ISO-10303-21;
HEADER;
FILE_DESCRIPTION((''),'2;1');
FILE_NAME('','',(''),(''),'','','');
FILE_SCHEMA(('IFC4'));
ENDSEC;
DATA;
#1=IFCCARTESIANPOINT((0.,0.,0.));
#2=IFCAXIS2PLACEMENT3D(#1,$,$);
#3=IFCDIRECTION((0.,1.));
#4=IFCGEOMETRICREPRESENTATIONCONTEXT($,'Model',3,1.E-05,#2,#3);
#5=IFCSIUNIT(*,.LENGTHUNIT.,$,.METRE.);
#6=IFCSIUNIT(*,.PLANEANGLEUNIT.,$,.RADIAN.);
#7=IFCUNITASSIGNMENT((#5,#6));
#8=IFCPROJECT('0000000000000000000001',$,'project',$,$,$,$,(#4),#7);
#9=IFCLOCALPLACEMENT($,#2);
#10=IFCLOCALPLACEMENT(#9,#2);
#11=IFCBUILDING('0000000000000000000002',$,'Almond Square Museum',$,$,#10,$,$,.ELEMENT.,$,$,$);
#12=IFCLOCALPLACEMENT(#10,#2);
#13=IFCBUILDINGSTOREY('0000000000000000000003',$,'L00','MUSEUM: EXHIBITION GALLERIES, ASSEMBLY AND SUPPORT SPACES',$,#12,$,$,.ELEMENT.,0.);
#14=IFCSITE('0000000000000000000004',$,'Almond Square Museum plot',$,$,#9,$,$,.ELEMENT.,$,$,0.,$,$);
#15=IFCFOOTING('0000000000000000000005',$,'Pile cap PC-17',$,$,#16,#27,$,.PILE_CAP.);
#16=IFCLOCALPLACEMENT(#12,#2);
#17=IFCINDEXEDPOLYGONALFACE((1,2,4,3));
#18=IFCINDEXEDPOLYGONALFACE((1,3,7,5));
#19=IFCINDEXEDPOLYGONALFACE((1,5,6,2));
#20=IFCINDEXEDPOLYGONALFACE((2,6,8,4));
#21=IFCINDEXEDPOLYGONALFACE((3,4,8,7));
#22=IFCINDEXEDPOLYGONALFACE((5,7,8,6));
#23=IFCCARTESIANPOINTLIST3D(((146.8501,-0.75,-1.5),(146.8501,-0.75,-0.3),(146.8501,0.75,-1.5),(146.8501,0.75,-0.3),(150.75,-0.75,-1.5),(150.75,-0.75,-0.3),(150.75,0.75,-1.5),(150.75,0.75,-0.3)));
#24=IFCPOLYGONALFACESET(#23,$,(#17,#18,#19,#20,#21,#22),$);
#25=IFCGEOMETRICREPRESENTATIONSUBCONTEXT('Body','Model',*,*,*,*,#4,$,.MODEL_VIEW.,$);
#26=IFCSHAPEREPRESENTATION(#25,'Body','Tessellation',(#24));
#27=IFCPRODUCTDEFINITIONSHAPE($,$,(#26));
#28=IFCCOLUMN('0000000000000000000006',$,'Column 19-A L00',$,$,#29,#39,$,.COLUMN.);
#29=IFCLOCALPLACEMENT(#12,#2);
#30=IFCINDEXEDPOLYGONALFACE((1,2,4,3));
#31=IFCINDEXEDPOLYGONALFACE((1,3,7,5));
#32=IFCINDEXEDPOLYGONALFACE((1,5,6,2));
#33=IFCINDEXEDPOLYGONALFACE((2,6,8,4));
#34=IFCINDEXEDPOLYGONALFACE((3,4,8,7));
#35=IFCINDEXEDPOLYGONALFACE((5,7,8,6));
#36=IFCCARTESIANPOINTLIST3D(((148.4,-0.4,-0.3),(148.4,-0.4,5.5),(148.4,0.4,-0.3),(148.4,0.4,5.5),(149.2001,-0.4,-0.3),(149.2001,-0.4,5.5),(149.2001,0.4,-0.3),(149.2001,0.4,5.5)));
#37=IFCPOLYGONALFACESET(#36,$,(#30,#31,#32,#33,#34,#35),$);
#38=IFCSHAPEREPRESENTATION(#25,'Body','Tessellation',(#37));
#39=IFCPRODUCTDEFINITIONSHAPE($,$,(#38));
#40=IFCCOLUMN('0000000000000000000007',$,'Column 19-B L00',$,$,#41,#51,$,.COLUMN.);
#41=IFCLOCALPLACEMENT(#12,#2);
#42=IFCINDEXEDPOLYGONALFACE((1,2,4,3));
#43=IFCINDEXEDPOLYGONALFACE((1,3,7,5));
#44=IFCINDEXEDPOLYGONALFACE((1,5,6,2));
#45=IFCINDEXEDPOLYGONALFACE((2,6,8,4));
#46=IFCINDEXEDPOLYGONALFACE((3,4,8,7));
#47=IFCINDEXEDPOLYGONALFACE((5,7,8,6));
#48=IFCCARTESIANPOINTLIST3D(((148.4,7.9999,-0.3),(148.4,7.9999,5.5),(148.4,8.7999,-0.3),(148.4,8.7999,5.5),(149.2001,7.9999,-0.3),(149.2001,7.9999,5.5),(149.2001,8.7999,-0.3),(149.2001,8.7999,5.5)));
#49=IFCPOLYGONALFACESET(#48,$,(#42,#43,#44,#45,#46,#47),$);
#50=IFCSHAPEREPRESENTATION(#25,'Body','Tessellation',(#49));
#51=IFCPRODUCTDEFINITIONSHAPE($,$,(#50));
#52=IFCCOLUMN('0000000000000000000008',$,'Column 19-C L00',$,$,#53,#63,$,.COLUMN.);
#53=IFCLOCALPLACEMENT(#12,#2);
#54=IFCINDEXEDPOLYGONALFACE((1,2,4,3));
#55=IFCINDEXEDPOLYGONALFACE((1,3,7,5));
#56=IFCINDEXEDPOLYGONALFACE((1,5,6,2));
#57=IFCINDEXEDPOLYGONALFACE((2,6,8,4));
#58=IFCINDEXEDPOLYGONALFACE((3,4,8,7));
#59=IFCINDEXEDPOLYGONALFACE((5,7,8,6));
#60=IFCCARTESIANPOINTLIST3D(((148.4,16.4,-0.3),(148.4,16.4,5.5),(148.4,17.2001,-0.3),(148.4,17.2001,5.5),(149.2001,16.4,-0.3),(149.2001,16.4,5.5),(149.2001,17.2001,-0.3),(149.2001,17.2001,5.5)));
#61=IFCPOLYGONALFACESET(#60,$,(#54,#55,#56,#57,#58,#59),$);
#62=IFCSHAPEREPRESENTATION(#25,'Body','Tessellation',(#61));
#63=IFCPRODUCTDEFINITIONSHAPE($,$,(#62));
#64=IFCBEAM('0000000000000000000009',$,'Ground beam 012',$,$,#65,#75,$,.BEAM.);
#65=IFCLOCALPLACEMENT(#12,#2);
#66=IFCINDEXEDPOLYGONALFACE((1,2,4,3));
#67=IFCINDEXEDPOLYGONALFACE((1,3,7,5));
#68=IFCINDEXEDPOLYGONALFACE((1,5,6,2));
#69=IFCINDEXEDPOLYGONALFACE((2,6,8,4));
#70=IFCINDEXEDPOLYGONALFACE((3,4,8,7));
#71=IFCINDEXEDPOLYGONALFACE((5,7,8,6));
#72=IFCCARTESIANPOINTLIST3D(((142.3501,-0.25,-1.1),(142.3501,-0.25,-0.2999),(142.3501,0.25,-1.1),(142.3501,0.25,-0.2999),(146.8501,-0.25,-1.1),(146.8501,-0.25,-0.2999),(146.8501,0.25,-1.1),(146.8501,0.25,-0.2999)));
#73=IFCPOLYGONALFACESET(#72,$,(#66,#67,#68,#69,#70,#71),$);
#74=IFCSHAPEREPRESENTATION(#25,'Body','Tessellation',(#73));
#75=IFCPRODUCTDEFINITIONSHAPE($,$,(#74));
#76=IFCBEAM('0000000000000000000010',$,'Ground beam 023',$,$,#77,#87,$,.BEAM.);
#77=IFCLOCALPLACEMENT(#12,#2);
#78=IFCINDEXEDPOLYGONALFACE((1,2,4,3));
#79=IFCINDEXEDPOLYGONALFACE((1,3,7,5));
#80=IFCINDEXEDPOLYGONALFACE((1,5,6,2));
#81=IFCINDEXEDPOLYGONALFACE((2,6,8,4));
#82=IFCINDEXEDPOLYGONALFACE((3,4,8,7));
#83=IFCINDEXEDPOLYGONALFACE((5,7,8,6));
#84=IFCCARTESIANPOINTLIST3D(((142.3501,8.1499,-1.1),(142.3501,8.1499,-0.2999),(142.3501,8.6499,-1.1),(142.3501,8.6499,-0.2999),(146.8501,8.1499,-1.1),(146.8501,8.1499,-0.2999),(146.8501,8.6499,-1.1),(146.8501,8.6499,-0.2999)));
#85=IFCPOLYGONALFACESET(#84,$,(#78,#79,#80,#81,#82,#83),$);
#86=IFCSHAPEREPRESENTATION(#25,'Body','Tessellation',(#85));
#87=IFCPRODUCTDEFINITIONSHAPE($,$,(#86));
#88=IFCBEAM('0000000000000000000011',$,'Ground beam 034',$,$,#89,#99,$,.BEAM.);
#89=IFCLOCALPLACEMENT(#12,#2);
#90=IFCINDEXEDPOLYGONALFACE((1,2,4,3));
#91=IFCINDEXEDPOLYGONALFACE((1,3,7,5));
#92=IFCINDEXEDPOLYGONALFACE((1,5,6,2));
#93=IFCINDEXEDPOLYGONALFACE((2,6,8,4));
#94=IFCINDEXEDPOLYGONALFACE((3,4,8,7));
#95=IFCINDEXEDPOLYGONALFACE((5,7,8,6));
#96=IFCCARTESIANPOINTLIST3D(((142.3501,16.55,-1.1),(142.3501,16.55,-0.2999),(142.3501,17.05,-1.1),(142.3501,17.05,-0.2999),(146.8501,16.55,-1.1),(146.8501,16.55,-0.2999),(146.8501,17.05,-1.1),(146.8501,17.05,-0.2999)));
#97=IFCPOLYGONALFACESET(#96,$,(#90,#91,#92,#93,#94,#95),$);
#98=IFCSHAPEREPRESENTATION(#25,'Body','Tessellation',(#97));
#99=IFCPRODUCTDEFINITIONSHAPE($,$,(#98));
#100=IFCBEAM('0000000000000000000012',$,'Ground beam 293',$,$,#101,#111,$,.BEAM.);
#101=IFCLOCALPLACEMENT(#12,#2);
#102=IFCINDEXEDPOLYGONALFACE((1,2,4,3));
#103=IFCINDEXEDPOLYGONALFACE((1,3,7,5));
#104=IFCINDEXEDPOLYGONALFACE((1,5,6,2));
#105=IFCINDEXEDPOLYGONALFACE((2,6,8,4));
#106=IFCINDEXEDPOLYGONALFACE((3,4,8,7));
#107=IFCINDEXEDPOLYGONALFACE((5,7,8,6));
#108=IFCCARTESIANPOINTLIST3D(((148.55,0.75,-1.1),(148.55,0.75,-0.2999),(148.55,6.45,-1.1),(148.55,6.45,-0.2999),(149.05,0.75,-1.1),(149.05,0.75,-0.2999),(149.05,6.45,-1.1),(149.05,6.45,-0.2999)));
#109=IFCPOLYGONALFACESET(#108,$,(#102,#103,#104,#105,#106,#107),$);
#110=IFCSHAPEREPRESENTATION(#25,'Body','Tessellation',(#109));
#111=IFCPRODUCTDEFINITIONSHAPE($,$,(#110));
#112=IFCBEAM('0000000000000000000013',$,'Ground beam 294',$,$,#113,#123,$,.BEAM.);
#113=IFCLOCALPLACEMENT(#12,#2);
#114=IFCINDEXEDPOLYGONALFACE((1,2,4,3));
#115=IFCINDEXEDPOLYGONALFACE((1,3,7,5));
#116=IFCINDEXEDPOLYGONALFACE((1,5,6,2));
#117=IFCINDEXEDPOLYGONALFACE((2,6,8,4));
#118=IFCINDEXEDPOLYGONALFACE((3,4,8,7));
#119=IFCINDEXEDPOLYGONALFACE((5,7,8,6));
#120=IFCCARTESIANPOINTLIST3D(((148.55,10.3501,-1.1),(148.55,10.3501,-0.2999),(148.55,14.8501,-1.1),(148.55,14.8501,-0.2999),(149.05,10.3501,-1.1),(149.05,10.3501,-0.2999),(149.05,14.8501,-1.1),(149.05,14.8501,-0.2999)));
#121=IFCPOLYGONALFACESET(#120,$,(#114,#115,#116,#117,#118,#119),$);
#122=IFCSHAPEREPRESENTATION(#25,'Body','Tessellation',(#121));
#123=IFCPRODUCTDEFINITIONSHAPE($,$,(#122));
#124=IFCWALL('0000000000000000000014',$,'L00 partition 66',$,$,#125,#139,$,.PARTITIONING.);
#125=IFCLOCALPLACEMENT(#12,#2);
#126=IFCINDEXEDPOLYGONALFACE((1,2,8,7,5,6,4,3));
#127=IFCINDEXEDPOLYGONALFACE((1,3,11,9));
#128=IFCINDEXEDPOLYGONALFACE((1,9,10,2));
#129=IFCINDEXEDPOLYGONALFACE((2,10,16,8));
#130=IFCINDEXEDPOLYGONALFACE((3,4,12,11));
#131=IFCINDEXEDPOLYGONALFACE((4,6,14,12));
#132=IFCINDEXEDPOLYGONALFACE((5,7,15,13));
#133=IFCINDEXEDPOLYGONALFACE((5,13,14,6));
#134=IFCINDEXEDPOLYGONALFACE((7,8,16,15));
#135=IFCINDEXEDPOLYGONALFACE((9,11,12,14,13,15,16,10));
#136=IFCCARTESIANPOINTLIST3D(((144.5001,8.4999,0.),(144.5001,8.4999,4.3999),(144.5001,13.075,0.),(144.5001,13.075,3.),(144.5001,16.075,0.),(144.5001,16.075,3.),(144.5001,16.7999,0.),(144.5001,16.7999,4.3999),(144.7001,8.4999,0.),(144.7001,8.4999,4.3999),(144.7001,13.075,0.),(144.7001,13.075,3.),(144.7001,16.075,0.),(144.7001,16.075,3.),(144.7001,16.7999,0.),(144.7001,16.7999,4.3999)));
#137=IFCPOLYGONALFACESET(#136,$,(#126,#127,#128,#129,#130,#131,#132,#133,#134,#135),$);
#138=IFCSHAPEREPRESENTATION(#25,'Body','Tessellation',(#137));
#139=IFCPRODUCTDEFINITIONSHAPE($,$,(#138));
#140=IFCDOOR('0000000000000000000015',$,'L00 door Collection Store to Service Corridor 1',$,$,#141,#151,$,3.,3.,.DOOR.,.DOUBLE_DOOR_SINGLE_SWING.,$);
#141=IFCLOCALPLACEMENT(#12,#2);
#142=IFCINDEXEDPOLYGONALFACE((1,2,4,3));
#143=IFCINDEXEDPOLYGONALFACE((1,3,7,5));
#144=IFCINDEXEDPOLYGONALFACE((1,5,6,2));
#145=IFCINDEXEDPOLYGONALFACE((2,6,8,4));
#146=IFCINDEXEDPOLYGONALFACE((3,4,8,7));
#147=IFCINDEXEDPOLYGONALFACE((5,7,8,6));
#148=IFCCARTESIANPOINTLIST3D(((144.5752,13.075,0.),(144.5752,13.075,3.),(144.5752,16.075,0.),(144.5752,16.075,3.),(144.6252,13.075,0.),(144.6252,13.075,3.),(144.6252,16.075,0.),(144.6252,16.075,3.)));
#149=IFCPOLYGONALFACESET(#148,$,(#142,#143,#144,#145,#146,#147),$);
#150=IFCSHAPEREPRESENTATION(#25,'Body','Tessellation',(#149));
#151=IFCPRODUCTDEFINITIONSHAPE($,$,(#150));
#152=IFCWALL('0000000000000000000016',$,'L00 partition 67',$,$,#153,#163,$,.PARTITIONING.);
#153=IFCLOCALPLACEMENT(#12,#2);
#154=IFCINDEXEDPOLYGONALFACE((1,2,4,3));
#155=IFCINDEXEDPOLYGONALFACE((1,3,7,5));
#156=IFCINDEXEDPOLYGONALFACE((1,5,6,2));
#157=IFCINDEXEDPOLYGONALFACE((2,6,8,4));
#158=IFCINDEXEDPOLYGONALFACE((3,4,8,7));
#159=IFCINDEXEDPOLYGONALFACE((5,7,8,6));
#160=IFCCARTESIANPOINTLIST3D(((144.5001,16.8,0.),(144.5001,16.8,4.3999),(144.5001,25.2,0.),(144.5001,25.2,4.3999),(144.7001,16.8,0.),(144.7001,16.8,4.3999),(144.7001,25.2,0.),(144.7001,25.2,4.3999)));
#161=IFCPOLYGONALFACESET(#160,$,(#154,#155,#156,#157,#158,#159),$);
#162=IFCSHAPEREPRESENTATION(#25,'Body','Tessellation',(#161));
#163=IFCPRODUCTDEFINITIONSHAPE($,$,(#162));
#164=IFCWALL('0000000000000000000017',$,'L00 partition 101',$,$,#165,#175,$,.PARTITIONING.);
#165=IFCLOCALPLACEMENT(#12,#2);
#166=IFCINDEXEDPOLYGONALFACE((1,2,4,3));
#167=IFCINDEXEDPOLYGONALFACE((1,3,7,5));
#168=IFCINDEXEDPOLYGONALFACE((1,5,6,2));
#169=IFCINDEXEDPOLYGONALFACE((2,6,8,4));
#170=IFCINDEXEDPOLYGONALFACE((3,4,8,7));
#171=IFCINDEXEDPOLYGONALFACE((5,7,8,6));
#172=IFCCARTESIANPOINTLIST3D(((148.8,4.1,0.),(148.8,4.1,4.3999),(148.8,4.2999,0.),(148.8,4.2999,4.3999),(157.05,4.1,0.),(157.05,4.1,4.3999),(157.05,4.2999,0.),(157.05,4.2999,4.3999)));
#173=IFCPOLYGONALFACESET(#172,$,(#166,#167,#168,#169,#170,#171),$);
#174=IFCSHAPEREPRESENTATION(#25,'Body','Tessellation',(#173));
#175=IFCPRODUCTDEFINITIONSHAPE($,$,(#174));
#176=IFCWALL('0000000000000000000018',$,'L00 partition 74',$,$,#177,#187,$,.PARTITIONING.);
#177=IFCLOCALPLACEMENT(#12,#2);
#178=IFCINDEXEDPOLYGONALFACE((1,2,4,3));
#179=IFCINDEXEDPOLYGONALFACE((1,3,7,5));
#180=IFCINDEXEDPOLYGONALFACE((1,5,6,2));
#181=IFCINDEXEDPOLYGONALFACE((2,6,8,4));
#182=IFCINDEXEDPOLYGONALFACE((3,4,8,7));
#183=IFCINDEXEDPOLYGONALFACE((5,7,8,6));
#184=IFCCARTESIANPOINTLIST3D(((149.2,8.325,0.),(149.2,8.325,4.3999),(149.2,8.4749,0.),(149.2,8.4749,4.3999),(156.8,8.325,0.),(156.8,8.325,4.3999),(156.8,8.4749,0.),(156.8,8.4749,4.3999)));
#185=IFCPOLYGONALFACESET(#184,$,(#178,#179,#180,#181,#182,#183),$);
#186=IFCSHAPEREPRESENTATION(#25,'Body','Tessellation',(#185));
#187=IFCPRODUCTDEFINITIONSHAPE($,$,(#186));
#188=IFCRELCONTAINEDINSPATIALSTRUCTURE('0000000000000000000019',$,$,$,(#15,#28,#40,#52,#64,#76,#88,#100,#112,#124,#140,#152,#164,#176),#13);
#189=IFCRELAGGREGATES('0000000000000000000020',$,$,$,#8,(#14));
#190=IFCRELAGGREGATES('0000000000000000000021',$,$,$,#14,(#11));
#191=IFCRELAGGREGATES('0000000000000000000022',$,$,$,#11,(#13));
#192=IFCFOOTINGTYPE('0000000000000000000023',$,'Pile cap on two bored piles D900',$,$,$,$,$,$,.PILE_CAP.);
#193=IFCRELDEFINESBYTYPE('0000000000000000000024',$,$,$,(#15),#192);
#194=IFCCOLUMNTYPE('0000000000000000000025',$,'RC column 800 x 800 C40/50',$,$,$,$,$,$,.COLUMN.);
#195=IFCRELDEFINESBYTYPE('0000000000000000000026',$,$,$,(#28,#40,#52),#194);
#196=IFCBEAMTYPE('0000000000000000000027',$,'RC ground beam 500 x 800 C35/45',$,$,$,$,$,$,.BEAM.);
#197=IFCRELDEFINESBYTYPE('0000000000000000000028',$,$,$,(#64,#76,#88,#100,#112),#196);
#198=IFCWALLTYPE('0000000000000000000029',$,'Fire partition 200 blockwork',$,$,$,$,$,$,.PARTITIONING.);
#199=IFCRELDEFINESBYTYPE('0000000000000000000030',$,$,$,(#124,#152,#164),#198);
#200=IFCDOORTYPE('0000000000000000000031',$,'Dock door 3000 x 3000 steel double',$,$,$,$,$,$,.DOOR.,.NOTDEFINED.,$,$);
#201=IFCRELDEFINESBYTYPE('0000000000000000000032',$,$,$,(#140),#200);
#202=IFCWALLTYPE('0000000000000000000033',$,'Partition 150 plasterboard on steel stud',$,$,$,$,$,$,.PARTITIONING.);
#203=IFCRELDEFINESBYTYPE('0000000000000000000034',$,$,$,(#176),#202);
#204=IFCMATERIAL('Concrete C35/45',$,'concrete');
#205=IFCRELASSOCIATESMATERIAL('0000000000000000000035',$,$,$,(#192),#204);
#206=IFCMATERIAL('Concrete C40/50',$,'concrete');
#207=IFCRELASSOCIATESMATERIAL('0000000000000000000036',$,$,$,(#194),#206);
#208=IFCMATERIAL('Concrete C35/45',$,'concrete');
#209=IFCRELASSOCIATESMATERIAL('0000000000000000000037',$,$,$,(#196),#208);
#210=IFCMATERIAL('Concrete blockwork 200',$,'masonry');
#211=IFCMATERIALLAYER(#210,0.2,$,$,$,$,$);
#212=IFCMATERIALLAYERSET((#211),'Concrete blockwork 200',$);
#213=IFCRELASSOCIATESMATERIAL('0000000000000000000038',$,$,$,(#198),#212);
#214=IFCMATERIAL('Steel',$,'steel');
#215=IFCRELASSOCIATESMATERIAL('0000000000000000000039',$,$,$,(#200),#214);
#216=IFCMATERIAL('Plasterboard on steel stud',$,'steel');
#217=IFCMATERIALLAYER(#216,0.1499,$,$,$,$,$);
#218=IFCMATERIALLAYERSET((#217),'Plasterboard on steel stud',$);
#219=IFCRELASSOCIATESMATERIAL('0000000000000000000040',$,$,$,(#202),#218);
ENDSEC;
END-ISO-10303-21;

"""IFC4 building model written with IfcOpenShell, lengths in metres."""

from ifc_helpers import new_model, si_unit, direction, frame, frame_2d, origin, origin_2d, place, context, subcontext, project, spatial, rectangle, extrude, material, layer, layer_set, material_profile, profile_set, type_object, element, fill, save


model = new_model("IFC4")

# Units and contexts
model_context = context("Model", 3, precision=1e-05, world=origin(), true_north=direction((0.0, 1.0)))
body_context = subcontext(model_context, "Body", "Model", "MODEL_VIEW")
ifc_project = project(units=[si_unit("LENGTHUNIT", "METRE"), si_unit("PLANEANGLEUNIT", "RADIAN")], contexts=[model_context])

# Site, building, storey
site_placement = place(None, origin())
site = spatial("IfcSite", under=ifc_project, at=site_placement, Name="Almond Square Museum plot", CompositionType="ELEMENT", RefElevation=0.0)
building_placement = place(site_placement, origin())
building = spatial("IfcBuilding", under=site, at=building_placement, Name="Almond Square Museum", CompositionType="ELEMENT")
storey_placement = place(building_placement, origin())
storey = spatial("IfcBuildingStorey", under=building, at=storey_placement, Name="L00", Description="MUSEUM: EXHIBITION GALLERIES, ASSEMBLY AND SUPPORT SPACES", CompositionType="ELEMENT", Elevation=0.0)

# Footing
ifc_material_1 = material(Name="Concrete C35/45", Category="concrete")
footing_type_1 = type_object("IfcFootingType", Name="Pile cap on two bored piles D900", PredefinedType="PILE_CAP", material=ifc_material_1)
footing_placement = place(storey_placement, frame((148.8, 0.0, -1.5), z_axis=(0.0, 0.0, 1.0), x_axis=(1.0, 0.0, 0.0)))
element("IfcFooting", 1, at=footing_placement, inside=storey, type_object=footing_type_1, Name="Pile cap PC-17", PredefinedType="PILE_CAP", context=body_context, shape_type="SweptSolid", body=[
    extrude(rectangle(XDim=3.8999, YDim=1.5, at=origin_2d()), origin(), (0.0, 0.0, 1.0), 1.2),
])

# Columns
ifc_material_2 = material(Name="Concrete C40/50", Category="concrete")
ifc_material_profile_1 = material_profile(ifc_material_2, rectangle(XDim=0.8, YDim=0.8, at=origin_2d()))
ifc_profile_set_1 = profile_set([ifc_material_profile_1], Name="Concrete C40/50")
column_type = type_object("IfcColumnType", Name="RC column 800 x 800 C40/50", PredefinedType="COLUMN", material=ifc_profile_set_1)
for number, where, z_axis, x_axis, name in (
    (2, (148.8, 0.0, -0.3), (0.0, 0.0, 1.0), (1.0, 0.0, 0.0), "Column 19-A L00"),
    (3, (148.8, 8.3999, -0.3), (0.0, 0.0, 1.0), (1.0, 0.0, 0.0), "Column 19-B L00"),
    (4, (148.8, 16.8, -0.3), (0.0, 0.0, 1.0), (1.0, 0.0, 0.0), "Column 19-C L00"),
):
    element("IfcColumn", number, at=place(storey_placement, frame(where, z_axis=z_axis, x_axis=x_axis)), inside=storey, type_object=column_type, Name=name, PredefinedType="COLUMN", context=body_context, shape_type="SweptSolid", body=[
        extrude(rectangle(XDim=0.8, YDim=0.8, at=origin_2d()), origin(), (0.0, 0.0, 1.0), 5.8),
    ])

# Beams
ifc_material_3 = material(Name="Concrete C35/45", Category="concrete")
ifc_material_profile_2 = material_profile(ifc_material_3, rectangle(XDim=0.5, YDim=0.8, at=origin_2d()))
ifc_profile_set_2 = profile_set([ifc_material_profile_2], Name="Concrete C35/45")
beam_type = type_object("IfcBeamType", Name="RC ground beam 500 x 800 C35/45", PredefinedType="BEAM", material=ifc_profile_set_2)
for number, where, z_axis, x_axis, name in (
    (5, (142.3501, 0.0, -0.7), (1.0, 0.0, 0.0), (0.0, 1.0, 0.0), "Ground beam 012"),
    (6, (142.3501, 8.3999, -0.7), (1.0, 0.0, 0.0), (0.0, 1.0, 0.0), "Ground beam 023"),
    (7, (142.3501, 16.8, -0.7), (1.0, 0.0, 0.0), (0.0, 1.0, 0.0), "Ground beam 034"),
):
    element("IfcBeam", number, at=place(storey_placement, frame(where, z_axis=z_axis, x_axis=x_axis)), inside=storey, type_object=beam_type, Name=name, PredefinedType="BEAM", context=body_context, shape_type="SweptSolid", body=[
        extrude(rectangle(XDim=0.5, YDim=0.8, at=origin_2d()), origin(), (0.0, 0.0, 1.0), 4.5),
    ])
beam_1_placement = place(storey_placement, frame((148.8, 0.75, -0.7), z_axis=(0.0, 1.0, 0.0), x_axis=(-1.0, 0.0, 0.0)))
element("IfcBeam", 8, at=beam_1_placement, inside=storey, type_object=beam_type, Name="Ground beam 293", PredefinedType="BEAM", context=body_context, shape_type="SweptSolid", body=[
    extrude(rectangle(XDim=0.5, YDim=0.8, at=origin_2d()), origin(), (0.0, 0.0, 1.0), 5.7),
])
beam_2_placement = place(storey_placement, frame((148.8, 10.3501, -0.7), z_axis=(0.0, 1.0, 0.0), x_axis=(-1.0, 0.0, 0.0)))
element("IfcBeam", 9, at=beam_2_placement, inside=storey, type_object=beam_type, Name="Ground beam 294", PredefinedType="BEAM", context=body_context, shape_type="SweptSolid", body=[
    extrude(rectangle(XDim=0.5, YDim=0.8, at=origin_2d()), origin(), (0.0, 0.0, 1.0), 4.5),
])

# Wall, opening, door
ifc_material_4 = material(Name="Concrete blockwork 200", Category="masonry")
ifc_layer_1 = layer(ifc_material_4, 0.2)
ifc_layer_set_1 = layer_set([ifc_layer_1], Name="Concrete blockwork 200")
wall_type_1 = type_object("IfcWallType", Name="Fire partition 200 blockwork", PredefinedType="PARTITIONING", material=ifc_layer_set_1)
wall_1_placement = place(storey_placement, frame((144.6001, 8.5, 0.0), z_axis=(0.0, 0.0, 1.0), x_axis=(0.0, 1.0, 0.0)))
wall_1 = element("IfcWall", 10, at=wall_1_placement, inside=storey, type_object=wall_type_1, Name="L00 partition 66", PredefinedType="PARTITIONING", context=body_context, shape_type="SweptSolid", body=[
    extrude(rectangle(XDim=8.3, YDim=0.2, at=frame_2d((4.1499, 0.0))), origin(), (0.0, 0.0, 1.0), 4.3999),
])
opening_1_placement = place(wall_1_placement, frame((4.575, 0.0, 0.0)))
opening_1 = element("IfcOpeningElement", 11, at=opening_1_placement, cuts=wall_1, PredefinedType="OPENING", context=body_context, shape_type="SweptSolid", body=[
    extrude(rectangle(XDim=3.0, YDim=3.0, at=frame_2d((1.5, 1.5))), frame((0.0, 0.1099, 0.0), z_axis=(0.0, -1.0, 0.0), x_axis=(1.0, 0.0, 0.0)), (0.0, 0.0, 1.0), 0.22),
])
ifc_material_5 = material(Name="Steel", Category="steel")
door_type = type_object("IfcDoorType", Name="Dock door 3000 x 3000 steel double", OperationType="NOTDEFINED", PredefinedType="DOOR", material=ifc_material_5)
door_placement = place(opening_1_placement, origin())
door = element("IfcDoor", 12, at=door_placement, inside=storey, type_object=door_type, Name="L00 door Collection Store to Service Corridor 1", OperationType="DOUBLE_DOOR_SINGLE_SWING", OverallHeight=3.0, OverallWidth=3.0, PredefinedType="DOOR", context=body_context, shape_type="SweptSolid", body=[
    extrude(rectangle(XDim=3.0, YDim=3.0, at=frame_2d((1.5, 1.5))), frame((0.0, 0.0249, 0.0), z_axis=(0.0, -1.0, 0.0), x_axis=(1.0, 0.0, 0.0)), (0.0, 0.0, 1.0), 0.05),
])
fill(opening_1, door)

# Walls
wall_2_placement = place(storey_placement, frame((144.6001, 16.8, 0.0), z_axis=(0.0, 0.0, 1.0), x_axis=(0.0, 1.0, 0.0)))
element("IfcWall", 13, at=wall_2_placement, inside=storey, type_object=wall_type_1, Name="L00 partition 67", PredefinedType="PARTITIONING", context=body_context, shape_type="SweptSolid", body=[
    extrude(rectangle(XDim=8.3999, YDim=0.2, at=frame_2d((4.2, 0.0))), origin(), (0.0, 0.0, 1.0), 4.3999),
])
wall_3_placement = place(storey_placement, frame((148.8, 4.2, 0.0), z_axis=(0.0, 0.0, 1.0), x_axis=(1.0, 0.0, 0.0)))
element("IfcWall", 14, at=wall_3_placement, inside=storey, type_object=wall_type_1, Name="L00 partition 101", PredefinedType="PARTITIONING", context=body_context, shape_type="SweptSolid", body=[
    extrude(rectangle(XDim=8.25, YDim=0.2, at=frame_2d((4.125, 0.0))), origin(), (0.0, 0.0, 1.0), 4.3999),
])
ifc_material_6 = material(Name="Plasterboard on steel stud", Category="steel")
ifc_layer_2 = layer(ifc_material_6, 0.1499)
ifc_layer_set_2 = layer_set([ifc_layer_2], Name="Plasterboard on steel stud")
wall_type_2 = type_object("IfcWallType", Name="Partition 150 plasterboard on steel stud", PredefinedType="PARTITIONING", material=ifc_layer_set_2)
wall_4_placement = place(storey_placement, frame((149.2, 8.3999, 0.0), z_axis=(0.0, 0.0, 1.0), x_axis=(1.0, 0.0, 0.0)))
element("IfcWall", 15, at=wall_4_placement, inside=storey, type_object=wall_type_2, Name="L00 partition 74", PredefinedType="PARTITIONING", context=body_context, shape_type="SweptSolid", body=[
    extrude(rectangle(XDim=7.6001, YDim=0.1499, at=frame_2d((3.8, 0.0))), origin(), (0.0, 0.0, 1.0), 4.3999),
])

save(model, "model.ifc")
